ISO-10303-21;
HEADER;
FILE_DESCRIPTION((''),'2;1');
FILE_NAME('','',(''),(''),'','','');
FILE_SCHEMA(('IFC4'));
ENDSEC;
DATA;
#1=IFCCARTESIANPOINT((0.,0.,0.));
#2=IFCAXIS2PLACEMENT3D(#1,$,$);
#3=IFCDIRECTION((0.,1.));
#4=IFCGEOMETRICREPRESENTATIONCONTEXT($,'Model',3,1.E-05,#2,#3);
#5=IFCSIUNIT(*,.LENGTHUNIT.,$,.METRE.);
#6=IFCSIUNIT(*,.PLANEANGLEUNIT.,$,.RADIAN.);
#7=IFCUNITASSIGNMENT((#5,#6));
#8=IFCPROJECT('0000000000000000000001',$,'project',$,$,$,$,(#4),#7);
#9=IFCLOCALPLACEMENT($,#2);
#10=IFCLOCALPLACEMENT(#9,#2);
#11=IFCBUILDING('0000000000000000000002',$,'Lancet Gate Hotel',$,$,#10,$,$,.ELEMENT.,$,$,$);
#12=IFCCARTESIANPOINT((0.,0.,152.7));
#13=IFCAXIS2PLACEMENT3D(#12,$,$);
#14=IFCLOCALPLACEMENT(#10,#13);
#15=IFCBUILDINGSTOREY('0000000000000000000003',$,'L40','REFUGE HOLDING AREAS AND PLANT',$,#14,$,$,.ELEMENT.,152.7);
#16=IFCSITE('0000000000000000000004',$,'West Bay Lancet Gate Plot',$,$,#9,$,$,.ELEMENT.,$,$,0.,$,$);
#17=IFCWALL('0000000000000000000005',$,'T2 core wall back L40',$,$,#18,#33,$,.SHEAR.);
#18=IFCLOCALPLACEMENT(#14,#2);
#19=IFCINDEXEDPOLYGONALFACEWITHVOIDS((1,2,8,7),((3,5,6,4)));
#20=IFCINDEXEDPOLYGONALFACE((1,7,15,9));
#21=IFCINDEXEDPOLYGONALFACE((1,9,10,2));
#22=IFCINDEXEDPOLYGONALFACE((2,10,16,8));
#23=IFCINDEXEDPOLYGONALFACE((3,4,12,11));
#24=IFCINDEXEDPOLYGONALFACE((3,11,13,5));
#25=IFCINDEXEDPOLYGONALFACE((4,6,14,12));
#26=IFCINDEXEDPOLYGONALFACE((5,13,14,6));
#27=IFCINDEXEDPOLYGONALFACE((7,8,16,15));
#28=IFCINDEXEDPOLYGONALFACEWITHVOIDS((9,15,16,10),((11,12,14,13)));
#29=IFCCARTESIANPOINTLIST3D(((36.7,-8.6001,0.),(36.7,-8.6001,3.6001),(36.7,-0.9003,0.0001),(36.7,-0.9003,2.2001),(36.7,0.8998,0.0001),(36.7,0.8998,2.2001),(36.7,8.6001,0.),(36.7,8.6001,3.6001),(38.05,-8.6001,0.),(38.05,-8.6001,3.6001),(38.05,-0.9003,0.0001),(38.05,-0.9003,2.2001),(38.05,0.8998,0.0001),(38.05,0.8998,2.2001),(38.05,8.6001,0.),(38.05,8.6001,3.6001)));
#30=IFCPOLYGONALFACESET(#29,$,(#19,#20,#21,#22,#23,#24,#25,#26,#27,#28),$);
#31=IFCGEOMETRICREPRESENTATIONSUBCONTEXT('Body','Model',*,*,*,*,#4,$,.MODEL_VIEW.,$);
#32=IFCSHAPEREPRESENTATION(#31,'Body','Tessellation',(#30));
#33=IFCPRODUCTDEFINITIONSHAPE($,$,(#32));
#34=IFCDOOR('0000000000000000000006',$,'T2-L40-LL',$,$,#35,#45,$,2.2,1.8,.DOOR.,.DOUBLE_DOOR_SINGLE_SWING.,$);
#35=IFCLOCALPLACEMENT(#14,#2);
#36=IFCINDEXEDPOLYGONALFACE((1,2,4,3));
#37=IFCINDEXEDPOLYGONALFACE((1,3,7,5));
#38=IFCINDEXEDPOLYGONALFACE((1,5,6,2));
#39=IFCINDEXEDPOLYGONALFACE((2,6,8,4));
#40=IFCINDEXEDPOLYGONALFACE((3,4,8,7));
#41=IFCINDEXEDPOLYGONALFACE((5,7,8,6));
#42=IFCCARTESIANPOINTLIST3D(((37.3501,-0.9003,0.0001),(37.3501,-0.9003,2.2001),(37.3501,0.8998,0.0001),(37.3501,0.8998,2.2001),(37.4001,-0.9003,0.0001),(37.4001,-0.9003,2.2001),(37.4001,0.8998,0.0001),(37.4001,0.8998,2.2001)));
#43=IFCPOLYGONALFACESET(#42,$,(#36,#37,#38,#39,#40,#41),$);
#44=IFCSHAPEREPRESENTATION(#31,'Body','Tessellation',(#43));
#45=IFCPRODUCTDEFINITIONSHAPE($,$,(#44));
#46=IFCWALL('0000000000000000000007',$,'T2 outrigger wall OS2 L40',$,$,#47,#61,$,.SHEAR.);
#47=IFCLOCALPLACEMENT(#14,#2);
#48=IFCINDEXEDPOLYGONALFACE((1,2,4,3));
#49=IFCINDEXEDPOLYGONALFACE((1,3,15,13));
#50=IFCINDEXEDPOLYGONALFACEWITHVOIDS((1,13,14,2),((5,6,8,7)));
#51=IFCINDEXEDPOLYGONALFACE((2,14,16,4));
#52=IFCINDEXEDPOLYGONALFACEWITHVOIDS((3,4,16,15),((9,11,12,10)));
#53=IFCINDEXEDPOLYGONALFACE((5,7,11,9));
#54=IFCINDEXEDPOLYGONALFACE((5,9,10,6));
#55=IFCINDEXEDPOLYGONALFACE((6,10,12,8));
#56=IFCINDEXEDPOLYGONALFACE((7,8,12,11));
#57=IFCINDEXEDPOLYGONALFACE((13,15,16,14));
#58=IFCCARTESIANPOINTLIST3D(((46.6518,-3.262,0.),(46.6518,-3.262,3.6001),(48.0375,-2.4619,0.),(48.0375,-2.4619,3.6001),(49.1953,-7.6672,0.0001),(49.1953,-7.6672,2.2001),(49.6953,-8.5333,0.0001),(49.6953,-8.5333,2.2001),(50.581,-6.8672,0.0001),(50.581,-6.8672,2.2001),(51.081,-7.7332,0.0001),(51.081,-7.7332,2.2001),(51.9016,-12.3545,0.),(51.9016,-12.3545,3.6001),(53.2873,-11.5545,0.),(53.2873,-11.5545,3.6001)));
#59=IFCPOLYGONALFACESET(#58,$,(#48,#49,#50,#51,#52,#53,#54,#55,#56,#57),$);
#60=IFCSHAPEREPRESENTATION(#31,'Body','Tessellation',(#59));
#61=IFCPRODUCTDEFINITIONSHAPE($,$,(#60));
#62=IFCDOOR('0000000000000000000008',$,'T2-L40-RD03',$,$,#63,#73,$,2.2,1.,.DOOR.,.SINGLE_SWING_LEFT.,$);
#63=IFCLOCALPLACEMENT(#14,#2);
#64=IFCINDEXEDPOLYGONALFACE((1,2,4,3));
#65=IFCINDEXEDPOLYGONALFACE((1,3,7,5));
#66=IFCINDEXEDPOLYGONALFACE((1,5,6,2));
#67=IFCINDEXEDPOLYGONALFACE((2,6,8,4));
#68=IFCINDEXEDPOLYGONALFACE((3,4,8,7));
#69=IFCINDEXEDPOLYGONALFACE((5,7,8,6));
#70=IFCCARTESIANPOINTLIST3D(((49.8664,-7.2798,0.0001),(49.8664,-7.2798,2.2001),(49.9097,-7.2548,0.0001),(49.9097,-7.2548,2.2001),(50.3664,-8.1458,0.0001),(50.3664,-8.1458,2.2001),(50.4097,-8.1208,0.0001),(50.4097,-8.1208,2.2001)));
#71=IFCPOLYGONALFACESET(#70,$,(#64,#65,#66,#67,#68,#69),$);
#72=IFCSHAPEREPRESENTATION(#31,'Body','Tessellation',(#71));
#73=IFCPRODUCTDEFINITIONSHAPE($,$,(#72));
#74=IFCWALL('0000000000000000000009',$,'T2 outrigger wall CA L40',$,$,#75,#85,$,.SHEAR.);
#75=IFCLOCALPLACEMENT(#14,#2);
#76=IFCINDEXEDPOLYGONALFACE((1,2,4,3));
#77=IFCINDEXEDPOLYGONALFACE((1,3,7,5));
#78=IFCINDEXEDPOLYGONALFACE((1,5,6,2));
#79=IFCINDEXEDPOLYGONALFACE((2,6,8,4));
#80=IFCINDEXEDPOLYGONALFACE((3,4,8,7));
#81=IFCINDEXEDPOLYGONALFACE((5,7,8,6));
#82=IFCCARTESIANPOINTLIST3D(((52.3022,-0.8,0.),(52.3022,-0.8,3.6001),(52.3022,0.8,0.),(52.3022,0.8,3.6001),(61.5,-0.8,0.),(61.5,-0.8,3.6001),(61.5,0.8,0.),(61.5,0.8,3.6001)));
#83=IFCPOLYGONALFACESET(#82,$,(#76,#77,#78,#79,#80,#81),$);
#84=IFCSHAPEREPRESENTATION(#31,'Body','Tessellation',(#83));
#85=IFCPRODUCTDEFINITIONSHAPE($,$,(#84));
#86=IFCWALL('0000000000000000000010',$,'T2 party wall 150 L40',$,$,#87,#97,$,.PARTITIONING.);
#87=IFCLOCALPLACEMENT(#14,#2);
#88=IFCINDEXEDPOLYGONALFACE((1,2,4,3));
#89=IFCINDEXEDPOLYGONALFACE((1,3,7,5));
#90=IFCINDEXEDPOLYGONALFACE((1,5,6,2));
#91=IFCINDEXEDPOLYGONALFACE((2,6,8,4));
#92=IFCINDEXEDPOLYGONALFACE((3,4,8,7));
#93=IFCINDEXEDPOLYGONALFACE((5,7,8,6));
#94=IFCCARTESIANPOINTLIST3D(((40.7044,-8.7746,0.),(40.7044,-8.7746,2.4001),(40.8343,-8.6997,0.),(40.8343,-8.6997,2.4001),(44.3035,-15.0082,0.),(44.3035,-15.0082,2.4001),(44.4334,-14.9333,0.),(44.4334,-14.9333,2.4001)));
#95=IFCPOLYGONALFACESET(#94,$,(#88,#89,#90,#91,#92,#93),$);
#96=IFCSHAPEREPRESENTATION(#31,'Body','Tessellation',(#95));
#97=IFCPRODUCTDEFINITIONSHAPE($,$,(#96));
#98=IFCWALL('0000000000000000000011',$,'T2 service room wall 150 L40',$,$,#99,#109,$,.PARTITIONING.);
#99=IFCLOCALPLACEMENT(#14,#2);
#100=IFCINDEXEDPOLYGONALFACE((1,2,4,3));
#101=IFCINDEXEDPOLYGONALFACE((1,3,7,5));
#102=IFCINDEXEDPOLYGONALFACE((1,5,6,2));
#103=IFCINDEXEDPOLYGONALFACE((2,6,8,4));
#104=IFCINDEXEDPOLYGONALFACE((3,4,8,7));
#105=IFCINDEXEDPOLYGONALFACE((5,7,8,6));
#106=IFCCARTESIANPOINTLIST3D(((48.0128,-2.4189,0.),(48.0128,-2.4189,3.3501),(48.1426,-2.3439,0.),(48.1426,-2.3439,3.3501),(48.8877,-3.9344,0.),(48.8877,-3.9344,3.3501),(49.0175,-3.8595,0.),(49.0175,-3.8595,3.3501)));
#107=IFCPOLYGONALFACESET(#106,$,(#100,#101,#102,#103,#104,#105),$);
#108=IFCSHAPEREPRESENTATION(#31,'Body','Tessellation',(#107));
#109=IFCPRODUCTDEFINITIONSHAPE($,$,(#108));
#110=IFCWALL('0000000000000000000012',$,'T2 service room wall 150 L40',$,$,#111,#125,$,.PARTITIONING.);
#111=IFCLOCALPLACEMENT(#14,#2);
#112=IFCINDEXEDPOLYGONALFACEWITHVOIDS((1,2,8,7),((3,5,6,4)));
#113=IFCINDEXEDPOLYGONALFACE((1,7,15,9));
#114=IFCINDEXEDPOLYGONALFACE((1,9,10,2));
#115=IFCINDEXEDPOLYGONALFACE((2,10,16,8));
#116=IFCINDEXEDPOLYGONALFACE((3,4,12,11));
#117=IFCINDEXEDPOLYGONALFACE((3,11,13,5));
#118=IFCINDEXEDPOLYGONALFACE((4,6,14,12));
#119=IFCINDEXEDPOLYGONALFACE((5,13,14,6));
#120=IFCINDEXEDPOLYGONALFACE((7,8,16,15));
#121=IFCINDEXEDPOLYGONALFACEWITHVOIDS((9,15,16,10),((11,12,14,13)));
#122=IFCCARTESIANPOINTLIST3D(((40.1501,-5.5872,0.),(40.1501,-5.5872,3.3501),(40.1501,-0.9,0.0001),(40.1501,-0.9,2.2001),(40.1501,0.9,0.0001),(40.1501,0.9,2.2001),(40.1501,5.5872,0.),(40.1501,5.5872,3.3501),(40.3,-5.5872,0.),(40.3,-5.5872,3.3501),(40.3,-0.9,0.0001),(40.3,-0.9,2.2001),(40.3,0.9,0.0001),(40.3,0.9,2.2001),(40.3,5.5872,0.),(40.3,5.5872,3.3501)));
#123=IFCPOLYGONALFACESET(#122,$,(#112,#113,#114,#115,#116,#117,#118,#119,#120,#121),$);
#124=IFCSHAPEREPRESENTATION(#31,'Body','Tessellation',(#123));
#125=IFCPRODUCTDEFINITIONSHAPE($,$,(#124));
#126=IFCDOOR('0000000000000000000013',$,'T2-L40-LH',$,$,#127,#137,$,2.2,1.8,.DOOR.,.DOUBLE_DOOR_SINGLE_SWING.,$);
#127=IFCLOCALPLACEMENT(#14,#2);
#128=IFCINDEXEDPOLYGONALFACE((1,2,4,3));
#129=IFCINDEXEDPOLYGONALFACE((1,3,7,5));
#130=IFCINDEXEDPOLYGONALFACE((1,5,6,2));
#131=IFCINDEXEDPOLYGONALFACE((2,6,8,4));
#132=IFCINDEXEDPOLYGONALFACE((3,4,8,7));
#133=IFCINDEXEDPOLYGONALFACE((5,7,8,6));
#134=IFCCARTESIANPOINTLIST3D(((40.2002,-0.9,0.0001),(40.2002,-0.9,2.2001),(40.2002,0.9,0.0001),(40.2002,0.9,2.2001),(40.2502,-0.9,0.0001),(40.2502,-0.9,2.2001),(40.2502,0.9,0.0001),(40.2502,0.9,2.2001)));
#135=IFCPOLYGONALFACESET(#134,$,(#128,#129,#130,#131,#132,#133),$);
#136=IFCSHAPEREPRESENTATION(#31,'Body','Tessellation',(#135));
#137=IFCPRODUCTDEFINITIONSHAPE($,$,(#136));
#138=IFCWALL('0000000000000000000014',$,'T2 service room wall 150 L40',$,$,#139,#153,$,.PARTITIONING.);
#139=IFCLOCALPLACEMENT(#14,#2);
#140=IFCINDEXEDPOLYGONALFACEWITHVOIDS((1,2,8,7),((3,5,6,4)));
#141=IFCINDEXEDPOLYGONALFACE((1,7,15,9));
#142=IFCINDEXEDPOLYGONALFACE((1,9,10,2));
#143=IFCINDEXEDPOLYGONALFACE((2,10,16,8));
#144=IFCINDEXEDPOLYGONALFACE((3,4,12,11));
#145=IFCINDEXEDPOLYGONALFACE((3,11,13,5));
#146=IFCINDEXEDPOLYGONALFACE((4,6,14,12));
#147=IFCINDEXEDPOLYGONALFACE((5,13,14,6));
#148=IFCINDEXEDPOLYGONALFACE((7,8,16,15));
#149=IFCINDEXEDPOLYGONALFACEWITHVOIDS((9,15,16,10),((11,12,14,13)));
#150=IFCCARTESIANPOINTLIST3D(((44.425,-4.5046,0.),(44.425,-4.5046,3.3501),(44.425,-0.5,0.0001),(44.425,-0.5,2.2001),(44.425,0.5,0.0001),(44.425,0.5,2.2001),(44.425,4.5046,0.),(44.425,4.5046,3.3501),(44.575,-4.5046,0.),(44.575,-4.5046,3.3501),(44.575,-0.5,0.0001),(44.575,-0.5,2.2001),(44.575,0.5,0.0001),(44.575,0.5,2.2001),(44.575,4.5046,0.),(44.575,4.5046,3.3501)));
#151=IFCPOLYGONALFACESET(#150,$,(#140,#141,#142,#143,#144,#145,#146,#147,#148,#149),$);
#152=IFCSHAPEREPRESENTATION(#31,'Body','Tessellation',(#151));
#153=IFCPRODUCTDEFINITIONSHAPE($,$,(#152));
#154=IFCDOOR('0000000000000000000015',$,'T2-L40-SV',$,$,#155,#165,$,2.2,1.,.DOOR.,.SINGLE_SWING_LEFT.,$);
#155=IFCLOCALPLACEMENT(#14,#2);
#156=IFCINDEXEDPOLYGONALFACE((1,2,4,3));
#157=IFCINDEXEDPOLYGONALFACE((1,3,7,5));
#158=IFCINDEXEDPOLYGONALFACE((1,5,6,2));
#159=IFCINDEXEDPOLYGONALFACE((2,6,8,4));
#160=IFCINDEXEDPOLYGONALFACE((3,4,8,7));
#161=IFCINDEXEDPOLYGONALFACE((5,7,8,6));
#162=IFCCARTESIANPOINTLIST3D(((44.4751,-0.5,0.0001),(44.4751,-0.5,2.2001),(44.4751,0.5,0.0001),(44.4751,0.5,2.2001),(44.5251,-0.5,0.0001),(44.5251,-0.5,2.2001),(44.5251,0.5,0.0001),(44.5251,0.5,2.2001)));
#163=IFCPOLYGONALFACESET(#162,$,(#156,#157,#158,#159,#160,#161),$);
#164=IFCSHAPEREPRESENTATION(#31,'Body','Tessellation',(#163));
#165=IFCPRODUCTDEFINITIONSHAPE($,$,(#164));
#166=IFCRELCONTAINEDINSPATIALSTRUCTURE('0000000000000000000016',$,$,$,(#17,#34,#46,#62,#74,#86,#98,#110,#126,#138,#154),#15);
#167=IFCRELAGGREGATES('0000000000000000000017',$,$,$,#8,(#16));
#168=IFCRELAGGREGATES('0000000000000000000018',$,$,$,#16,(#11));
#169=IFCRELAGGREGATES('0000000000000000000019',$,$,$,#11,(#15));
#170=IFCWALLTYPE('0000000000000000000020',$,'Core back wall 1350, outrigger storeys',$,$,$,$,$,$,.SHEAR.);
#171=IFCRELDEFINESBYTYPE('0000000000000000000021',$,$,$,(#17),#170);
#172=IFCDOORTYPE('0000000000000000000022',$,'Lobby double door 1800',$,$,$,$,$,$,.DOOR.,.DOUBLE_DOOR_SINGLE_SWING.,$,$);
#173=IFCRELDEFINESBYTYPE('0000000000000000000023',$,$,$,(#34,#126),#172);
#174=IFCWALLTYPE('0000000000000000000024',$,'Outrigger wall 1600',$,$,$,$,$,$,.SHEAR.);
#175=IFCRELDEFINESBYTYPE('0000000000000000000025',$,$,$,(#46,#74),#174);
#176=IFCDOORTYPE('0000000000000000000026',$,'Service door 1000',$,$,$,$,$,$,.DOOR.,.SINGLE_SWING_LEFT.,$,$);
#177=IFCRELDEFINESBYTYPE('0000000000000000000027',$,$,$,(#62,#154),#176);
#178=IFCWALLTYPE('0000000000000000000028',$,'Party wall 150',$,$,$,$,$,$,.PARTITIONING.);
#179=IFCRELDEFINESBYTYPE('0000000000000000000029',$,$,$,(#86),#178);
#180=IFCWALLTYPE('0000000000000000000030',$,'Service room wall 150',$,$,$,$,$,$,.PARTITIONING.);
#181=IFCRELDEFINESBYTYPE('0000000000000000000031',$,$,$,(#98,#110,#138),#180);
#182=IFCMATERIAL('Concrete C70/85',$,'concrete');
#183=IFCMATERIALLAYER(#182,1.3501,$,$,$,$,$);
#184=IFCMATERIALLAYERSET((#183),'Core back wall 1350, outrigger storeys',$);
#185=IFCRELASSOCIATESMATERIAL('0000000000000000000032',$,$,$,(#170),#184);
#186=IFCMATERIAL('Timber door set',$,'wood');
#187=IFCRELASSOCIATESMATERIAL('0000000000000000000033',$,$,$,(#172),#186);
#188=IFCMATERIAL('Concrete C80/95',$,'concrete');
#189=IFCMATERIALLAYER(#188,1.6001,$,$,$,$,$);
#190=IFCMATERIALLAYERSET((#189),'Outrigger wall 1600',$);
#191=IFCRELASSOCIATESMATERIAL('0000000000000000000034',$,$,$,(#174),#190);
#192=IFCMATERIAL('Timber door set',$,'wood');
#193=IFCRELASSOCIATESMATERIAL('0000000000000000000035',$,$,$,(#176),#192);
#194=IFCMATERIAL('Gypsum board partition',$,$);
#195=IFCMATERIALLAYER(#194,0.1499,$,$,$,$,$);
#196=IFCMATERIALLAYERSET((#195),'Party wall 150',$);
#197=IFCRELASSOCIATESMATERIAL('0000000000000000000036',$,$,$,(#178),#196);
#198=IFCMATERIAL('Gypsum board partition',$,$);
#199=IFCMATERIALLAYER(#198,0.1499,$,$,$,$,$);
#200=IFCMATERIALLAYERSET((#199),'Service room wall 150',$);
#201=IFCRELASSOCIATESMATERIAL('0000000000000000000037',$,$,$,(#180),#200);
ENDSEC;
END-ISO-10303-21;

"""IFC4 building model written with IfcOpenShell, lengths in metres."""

from ifc_helpers import new_model, si_unit, direction, frame, frame_2d, origin, place, context, subcontext, project, spatial, rectangle, extrude, material, layer, layer_set, type_object, element, fill, save


model = new_model("IFC4")

# Units and contexts
model_context = context("Model", 3, precision=1e-05, world=origin(), true_north=direction((0.0, 1.0)))
body_context = subcontext(model_context, "Body", "Model", "MODEL_VIEW")
ifc_project = project(units=[si_unit("LENGTHUNIT", "METRE"), si_unit("PLANEANGLEUNIT", "RADIAN")], contexts=[model_context])

# Site, building, storey
site_placement = place(None, origin())
site = spatial("IfcSite", under=ifc_project, at=site_placement, Name="West Bay Lancet Gate Plot", CompositionType="ELEMENT", RefElevation=0.0)
building_placement = place(site_placement, origin())
building = spatial("IfcBuilding", under=site, at=building_placement, Name="Lancet Gate Hotel", CompositionType="ELEMENT")
storey_placement = place(building_placement, frame((0.0, 0.0, 152.7)))
storey = spatial("IfcBuildingStorey", under=building, at=storey_placement, Name="L40", Description="REFUGE HOLDING AREAS AND PLANT", CompositionType="ELEMENT", Elevation=152.7)

# Walls, openings, doors
ifc_material_1 = material(Name="Concrete C70/85", Category="concrete")
ifc_layer_1 = layer(ifc_material_1, 1.3501)
ifc_layer_set_1 = layer_set([ifc_layer_1], Name="Core back wall 1350, outrigger storeys")
wall_type_1 = type_object("IfcWallType", Name="Core back wall 1350, outrigger storeys", PredefinedType="SHEAR", material=ifc_layer_set_1)
wall_1_placement = place(storey_placement, frame((37.375, -8.6001, 0.0), z_axis=(0.0, 0.0, 1.0), x_axis=(0.0, 1.0, 0.0)))
wall_1 = element("IfcWall", 1, at=wall_1_placement, inside=storey, type_object=wall_type_1, Name="T2 core wall back L40", PredefinedType="SHEAR", context=body_context, shape_type="SweptSolid", body=[
    extrude(rectangle(XDim=17.2002, YDim=1.3501, at=frame_2d((8.6001, 0.0))), origin(), (0.0, 0.0, 1.0), 3.6001),
])
opening_1_placement = place(wall_1_placement, frame((7.7, 0.0, 0.0)))
opening_1 = element("IfcOpeningElement", 2, at=opening_1_placement, cuts=wall_1, PredefinedType="OPENING", context=body_context, shape_type="SweptSolid", body=[
    extrude(rectangle(XDim=1.8, YDim=2.2, at=frame_2d((0.8999, 1.1001))), frame((0.0, 0.6851, 0.0), z_axis=(0.0, -1.0, 0.0), x_axis=(1.0, 0.0, 0.0)), (0.0, 0.0, 1.0), 1.3701),
])
ifc_material_2 = material(Name="Timber door set", Category="wood")
door_type_1 = type_object("IfcDoorType", Name="Lobby double door 1800", OperationType="DOUBLE_DOOR_SINGLE_SWING", PredefinedType="DOOR", material=ifc_material_2)
door_1_placement = place(opening_1_placement, origin())
door_1 = element("IfcDoor", 3, at=door_1_placement, inside=storey, type_object=door_type_1, Name="T2-L40-LL", OperationType="DOUBLE_DOOR_SINGLE_SWING", OverallHeight=2.2, OverallWidth=1.8, PredefinedType="DOOR", context=body_context, shape_type="SweptSolid", body=[
    extrude(rectangle(XDim=1.8, YDim=2.2, at=frame_2d((0.8999, 1.1001))), frame((0.0, 0.0249, 0.0), z_axis=(0.0, -1.0, 0.0), x_axis=(1.0, 0.0, 0.0)), (0.0, 0.0, 1.0), 0.05),
])
fill(opening_1, door_1)
ifc_material_3 = material(Name="Concrete C80/95", Category="concrete")
ifc_layer_2 = layer(ifc_material_3, 1.6001)
ifc_layer_set_2 = layer_set([ifc_layer_2], Name="Outrigger wall 1600")
wall_type_2 = type_object("IfcWallType", Name="Outrigger wall 1600", PredefinedType="SHEAR", material=ifc_layer_set_2)
wall_2_placement = place(storey_placement, frame((47.3447, -2.8621, 0.0), z_axis=(0.0, 0.0, 1.0), x_axis=(0.500013, -0.866018, 0.0)))
wall_2 = element("IfcWall", 4, at=wall_2_placement, inside=storey, type_object=wall_type_2, Name="T2 outrigger wall OS2 L40", PredefinedType="SHEAR", context=body_context, shape_type="SweptSolid", body=[
    extrude(rectangle(XDim=10.4993, YDim=1.6001, at=frame_2d((5.2495, 0.0))), origin(), (0.0, 0.0, 1.0), 3.6001),
])
opening_2_placement = place(wall_2_placement, frame((5.0867, 0.0, 0.0)))
opening_2 = element("IfcOpeningElement", 5, at=opening_2_placement, cuts=wall_2, PredefinedType="OPENING", context=body_context, shape_type="SweptSolid", body=[
    extrude(rectangle(XDim=1.0, YDim=2.2, at=frame_2d((0.5, 1.1001))), frame((0.0, 0.8101, 0.0), z_axis=(0.0, -1.0, 0.0), x_axis=(1.0, 0.0, 0.0)), (0.0, 0.0, 1.0), 1.6201),
])
ifc_material_4 = material(Name="Timber door set", Category="wood")
door_type_2 = type_object("IfcDoorType", Name="Service door 1000", OperationType="SINGLE_SWING_LEFT", PredefinedType="DOOR", material=ifc_material_4)
door_2_placement = place(opening_2_placement, origin())
door_2 = element("IfcDoor", 6, at=door_2_placement, inside=storey, type_object=door_type_2, Name="T2-L40-RD03", OperationType="SINGLE_SWING_LEFT", OverallHeight=2.2, OverallWidth=1.0, PredefinedType="DOOR", context=body_context, shape_type="SweptSolid", body=[
    extrude(rectangle(XDim=1.0, YDim=2.2, at=frame_2d((0.5, 1.1001))), frame((0.0, 0.0249, 0.0), z_axis=(0.0, -1.0, 0.0), x_axis=(1.0, 0.0, 0.0)), (0.0, 0.0, 1.0), 0.05),
])
fill(opening_2, door_2)

# Walls
wall_3_placement = place(storey_placement, frame((52.3022, 0.0, 0.0), z_axis=(0.0, 0.0, 1.0), x_axis=(1.0, 0.0, 0.0)))
element("IfcWall", 7, at=wall_3_placement, inside=storey, type_object=wall_type_2, Name="T2 outrigger wall CA L40", PredefinedType="SHEAR", context=body_context, shape_type="SweptSolid", body=[
    extrude(rectangle(XDim=9.1978, YDim=1.6001, at=frame_2d((4.5989, 0.0))), origin(), (0.0, 0.0, 1.0), 3.6001),
])
ifc_material_5 = material(Name="Gypsum board partition")
ifc_layer_3 = layer(ifc_material_5, 0.1499)
ifc_layer_set_3 = layer_set([ifc_layer_3], Name="Party wall 150")
wall_type_3 = type_object("IfcWallType", Name="Party wall 150", PredefinedType="PARTITIONING", material=ifc_layer_set_3)
wall_4_placement = place(storey_placement, frame((40.7693, -8.7371, 0.0), z_axis=(0.0, 0.0, 1.0), x_axis=(0.500013, -0.866018, 0.0)))
element("IfcWall", 8, at=wall_4_placement, inside=storey, type_object=wall_type_3, Name="T2 party wall 150 L40", PredefinedType="PARTITIONING", context=body_context, shape_type="SweptSolid", body=[
    extrude(rectangle(XDim=7.198, YDim=0.1499, at=frame_2d((3.5991, 0.0))), origin(), (0.0, 0.0, 1.0), 2.4001),
])
ifc_material_6 = material(Name="Gypsum board partition")
ifc_layer_4 = layer(ifc_material_6, 0.1499)
ifc_layer_set_4 = layer_set([ifc_layer_4], Name="Service room wall 150")
wall_type_4 = type_object("IfcWallType", Name="Service room wall 150", PredefinedType="PARTITIONING", material=ifc_layer_set_4)
wall_5_placement = place(storey_placement, frame((48.9526, -3.897, 0.0), z_axis=(0.0, 0.0, 1.0), x_axis=(-0.49998, 0.866037, 0.0)))
element("IfcWall", 9, at=wall_5_placement, inside=storey, type_object=wall_type_4, Name="T2 service room wall 150 L40", PredefinedType="PARTITIONING", context=body_context, shape_type="SweptSolid", body=[
    extrude(rectangle(XDim=1.75, YDim=0.1499, at=frame_2d((0.875, 0.0))), origin(), (0.0, 0.0, 1.0), 3.3501),
])

# Walls, openings, doors
wall_6_placement = place(storey_placement, frame((40.2251, -5.5872, 0.0), z_axis=(0.0, 0.0, 1.0), x_axis=(0.0, 1.0, 0.0)))
wall_6 = element("IfcWall", 10, at=wall_6_placement, inside=storey, type_object=wall_type_4, Name="T2 service room wall 150 L40", PredefinedType="PARTITIONING", context=body_context, shape_type="SweptSolid", body=[
    extrude(rectangle(XDim=11.1743, YDim=0.1499, at=frame_2d((5.5872, 0.0))), origin(), (0.0, 0.0, 1.0), 3.3501),
])
opening_3_placement = place(wall_6_placement, frame((4.6873, 0.0, 0.0)))
opening_3 = element("IfcOpeningElement", 11, at=opening_3_placement, cuts=wall_6, PredefinedType="OPENING", context=body_context, shape_type="SweptSolid", body=[
    extrude(rectangle(XDim=1.8, YDim=2.2, at=frame_2d((0.8999, 1.1001))), frame((0.0, 0.085, 0.0), z_axis=(0.0, -1.0, 0.0), x_axis=(1.0, 0.0, 0.0)), (0.0, 0.0, 1.0), 0.1699),
])
door_3_placement = place(opening_3_placement, origin())
door_3 = element("IfcDoor", 12, at=door_3_placement, inside=storey, type_object=door_type_1, Name="T2-L40-LH", OperationType="DOUBLE_DOOR_SINGLE_SWING", OverallHeight=2.2, OverallWidth=1.8, PredefinedType="DOOR", context=body_context, shape_type="SweptSolid", body=[
    extrude(rectangle(XDim=1.8, YDim=2.2, at=frame_2d((0.8999, 1.1001))), frame((0.0, 0.0249, 0.0), z_axis=(0.0, -1.0, 0.0), x_axis=(1.0, 0.0, 0.0)), (0.0, 0.0, 1.0), 0.05),
])
fill(opening_3, door_3)
wall_7_placement = place(storey_placement, frame((44.5, -4.5046, 0.0), z_axis=(0.0, 0.0, 1.0), x_axis=(0.0, 1.0, 0.0)))
wall_7 = element("IfcWall", 13, at=wall_7_placement, inside=storey, type_object=wall_type_4, Name="T2 service room wall 150 L40", PredefinedType="PARTITIONING", context=body_context, shape_type="SweptSolid", body=[
    extrude(rectangle(XDim=9.0093, YDim=0.1499, at=frame_2d((4.5046, 0.0))), origin(), (0.0, 0.0, 1.0), 3.3501),
])
opening_4_placement = place(wall_7_placement, frame((4.0046, 0.0, 0.0)))
opening_4 = element("IfcOpeningElement", 14, at=opening_4_placement, cuts=wall_7, PredefinedType="OPENING", context=body_context, shape_type="SweptSolid", body=[
    extrude(rectangle(XDim=1.0, YDim=2.2, at=frame_2d((0.5, 1.1001))), frame((0.0, 0.085, 0.0), z_axis=(0.0, -1.0, 0.0), x_axis=(1.0, 0.0, 0.0)), (0.0, 0.0, 1.0), 0.1699),
])
door_4_placement = place(opening_4_placement, origin())
door_4 = element("IfcDoor", 15, at=door_4_placement, inside=storey, type_object=door_type_2, Name="T2-L40-SV", OperationType="SINGLE_SWING_LEFT", OverallHeight=2.2, OverallWidth=1.0, PredefinedType="DOOR", context=body_context, shape_type="SweptSolid", body=[
    extrude(rectangle(XDim=1.0, YDim=2.2, at=frame_2d((0.5, 1.1001))), frame((0.0, 0.0249, 0.0), z_axis=(0.0, -1.0, 0.0), x_axis=(1.0, 0.0, 0.0)), (0.0, 0.0, 1.0), 0.05),
])
fill(opening_4, door_4)

save(model, "model.ifc")
